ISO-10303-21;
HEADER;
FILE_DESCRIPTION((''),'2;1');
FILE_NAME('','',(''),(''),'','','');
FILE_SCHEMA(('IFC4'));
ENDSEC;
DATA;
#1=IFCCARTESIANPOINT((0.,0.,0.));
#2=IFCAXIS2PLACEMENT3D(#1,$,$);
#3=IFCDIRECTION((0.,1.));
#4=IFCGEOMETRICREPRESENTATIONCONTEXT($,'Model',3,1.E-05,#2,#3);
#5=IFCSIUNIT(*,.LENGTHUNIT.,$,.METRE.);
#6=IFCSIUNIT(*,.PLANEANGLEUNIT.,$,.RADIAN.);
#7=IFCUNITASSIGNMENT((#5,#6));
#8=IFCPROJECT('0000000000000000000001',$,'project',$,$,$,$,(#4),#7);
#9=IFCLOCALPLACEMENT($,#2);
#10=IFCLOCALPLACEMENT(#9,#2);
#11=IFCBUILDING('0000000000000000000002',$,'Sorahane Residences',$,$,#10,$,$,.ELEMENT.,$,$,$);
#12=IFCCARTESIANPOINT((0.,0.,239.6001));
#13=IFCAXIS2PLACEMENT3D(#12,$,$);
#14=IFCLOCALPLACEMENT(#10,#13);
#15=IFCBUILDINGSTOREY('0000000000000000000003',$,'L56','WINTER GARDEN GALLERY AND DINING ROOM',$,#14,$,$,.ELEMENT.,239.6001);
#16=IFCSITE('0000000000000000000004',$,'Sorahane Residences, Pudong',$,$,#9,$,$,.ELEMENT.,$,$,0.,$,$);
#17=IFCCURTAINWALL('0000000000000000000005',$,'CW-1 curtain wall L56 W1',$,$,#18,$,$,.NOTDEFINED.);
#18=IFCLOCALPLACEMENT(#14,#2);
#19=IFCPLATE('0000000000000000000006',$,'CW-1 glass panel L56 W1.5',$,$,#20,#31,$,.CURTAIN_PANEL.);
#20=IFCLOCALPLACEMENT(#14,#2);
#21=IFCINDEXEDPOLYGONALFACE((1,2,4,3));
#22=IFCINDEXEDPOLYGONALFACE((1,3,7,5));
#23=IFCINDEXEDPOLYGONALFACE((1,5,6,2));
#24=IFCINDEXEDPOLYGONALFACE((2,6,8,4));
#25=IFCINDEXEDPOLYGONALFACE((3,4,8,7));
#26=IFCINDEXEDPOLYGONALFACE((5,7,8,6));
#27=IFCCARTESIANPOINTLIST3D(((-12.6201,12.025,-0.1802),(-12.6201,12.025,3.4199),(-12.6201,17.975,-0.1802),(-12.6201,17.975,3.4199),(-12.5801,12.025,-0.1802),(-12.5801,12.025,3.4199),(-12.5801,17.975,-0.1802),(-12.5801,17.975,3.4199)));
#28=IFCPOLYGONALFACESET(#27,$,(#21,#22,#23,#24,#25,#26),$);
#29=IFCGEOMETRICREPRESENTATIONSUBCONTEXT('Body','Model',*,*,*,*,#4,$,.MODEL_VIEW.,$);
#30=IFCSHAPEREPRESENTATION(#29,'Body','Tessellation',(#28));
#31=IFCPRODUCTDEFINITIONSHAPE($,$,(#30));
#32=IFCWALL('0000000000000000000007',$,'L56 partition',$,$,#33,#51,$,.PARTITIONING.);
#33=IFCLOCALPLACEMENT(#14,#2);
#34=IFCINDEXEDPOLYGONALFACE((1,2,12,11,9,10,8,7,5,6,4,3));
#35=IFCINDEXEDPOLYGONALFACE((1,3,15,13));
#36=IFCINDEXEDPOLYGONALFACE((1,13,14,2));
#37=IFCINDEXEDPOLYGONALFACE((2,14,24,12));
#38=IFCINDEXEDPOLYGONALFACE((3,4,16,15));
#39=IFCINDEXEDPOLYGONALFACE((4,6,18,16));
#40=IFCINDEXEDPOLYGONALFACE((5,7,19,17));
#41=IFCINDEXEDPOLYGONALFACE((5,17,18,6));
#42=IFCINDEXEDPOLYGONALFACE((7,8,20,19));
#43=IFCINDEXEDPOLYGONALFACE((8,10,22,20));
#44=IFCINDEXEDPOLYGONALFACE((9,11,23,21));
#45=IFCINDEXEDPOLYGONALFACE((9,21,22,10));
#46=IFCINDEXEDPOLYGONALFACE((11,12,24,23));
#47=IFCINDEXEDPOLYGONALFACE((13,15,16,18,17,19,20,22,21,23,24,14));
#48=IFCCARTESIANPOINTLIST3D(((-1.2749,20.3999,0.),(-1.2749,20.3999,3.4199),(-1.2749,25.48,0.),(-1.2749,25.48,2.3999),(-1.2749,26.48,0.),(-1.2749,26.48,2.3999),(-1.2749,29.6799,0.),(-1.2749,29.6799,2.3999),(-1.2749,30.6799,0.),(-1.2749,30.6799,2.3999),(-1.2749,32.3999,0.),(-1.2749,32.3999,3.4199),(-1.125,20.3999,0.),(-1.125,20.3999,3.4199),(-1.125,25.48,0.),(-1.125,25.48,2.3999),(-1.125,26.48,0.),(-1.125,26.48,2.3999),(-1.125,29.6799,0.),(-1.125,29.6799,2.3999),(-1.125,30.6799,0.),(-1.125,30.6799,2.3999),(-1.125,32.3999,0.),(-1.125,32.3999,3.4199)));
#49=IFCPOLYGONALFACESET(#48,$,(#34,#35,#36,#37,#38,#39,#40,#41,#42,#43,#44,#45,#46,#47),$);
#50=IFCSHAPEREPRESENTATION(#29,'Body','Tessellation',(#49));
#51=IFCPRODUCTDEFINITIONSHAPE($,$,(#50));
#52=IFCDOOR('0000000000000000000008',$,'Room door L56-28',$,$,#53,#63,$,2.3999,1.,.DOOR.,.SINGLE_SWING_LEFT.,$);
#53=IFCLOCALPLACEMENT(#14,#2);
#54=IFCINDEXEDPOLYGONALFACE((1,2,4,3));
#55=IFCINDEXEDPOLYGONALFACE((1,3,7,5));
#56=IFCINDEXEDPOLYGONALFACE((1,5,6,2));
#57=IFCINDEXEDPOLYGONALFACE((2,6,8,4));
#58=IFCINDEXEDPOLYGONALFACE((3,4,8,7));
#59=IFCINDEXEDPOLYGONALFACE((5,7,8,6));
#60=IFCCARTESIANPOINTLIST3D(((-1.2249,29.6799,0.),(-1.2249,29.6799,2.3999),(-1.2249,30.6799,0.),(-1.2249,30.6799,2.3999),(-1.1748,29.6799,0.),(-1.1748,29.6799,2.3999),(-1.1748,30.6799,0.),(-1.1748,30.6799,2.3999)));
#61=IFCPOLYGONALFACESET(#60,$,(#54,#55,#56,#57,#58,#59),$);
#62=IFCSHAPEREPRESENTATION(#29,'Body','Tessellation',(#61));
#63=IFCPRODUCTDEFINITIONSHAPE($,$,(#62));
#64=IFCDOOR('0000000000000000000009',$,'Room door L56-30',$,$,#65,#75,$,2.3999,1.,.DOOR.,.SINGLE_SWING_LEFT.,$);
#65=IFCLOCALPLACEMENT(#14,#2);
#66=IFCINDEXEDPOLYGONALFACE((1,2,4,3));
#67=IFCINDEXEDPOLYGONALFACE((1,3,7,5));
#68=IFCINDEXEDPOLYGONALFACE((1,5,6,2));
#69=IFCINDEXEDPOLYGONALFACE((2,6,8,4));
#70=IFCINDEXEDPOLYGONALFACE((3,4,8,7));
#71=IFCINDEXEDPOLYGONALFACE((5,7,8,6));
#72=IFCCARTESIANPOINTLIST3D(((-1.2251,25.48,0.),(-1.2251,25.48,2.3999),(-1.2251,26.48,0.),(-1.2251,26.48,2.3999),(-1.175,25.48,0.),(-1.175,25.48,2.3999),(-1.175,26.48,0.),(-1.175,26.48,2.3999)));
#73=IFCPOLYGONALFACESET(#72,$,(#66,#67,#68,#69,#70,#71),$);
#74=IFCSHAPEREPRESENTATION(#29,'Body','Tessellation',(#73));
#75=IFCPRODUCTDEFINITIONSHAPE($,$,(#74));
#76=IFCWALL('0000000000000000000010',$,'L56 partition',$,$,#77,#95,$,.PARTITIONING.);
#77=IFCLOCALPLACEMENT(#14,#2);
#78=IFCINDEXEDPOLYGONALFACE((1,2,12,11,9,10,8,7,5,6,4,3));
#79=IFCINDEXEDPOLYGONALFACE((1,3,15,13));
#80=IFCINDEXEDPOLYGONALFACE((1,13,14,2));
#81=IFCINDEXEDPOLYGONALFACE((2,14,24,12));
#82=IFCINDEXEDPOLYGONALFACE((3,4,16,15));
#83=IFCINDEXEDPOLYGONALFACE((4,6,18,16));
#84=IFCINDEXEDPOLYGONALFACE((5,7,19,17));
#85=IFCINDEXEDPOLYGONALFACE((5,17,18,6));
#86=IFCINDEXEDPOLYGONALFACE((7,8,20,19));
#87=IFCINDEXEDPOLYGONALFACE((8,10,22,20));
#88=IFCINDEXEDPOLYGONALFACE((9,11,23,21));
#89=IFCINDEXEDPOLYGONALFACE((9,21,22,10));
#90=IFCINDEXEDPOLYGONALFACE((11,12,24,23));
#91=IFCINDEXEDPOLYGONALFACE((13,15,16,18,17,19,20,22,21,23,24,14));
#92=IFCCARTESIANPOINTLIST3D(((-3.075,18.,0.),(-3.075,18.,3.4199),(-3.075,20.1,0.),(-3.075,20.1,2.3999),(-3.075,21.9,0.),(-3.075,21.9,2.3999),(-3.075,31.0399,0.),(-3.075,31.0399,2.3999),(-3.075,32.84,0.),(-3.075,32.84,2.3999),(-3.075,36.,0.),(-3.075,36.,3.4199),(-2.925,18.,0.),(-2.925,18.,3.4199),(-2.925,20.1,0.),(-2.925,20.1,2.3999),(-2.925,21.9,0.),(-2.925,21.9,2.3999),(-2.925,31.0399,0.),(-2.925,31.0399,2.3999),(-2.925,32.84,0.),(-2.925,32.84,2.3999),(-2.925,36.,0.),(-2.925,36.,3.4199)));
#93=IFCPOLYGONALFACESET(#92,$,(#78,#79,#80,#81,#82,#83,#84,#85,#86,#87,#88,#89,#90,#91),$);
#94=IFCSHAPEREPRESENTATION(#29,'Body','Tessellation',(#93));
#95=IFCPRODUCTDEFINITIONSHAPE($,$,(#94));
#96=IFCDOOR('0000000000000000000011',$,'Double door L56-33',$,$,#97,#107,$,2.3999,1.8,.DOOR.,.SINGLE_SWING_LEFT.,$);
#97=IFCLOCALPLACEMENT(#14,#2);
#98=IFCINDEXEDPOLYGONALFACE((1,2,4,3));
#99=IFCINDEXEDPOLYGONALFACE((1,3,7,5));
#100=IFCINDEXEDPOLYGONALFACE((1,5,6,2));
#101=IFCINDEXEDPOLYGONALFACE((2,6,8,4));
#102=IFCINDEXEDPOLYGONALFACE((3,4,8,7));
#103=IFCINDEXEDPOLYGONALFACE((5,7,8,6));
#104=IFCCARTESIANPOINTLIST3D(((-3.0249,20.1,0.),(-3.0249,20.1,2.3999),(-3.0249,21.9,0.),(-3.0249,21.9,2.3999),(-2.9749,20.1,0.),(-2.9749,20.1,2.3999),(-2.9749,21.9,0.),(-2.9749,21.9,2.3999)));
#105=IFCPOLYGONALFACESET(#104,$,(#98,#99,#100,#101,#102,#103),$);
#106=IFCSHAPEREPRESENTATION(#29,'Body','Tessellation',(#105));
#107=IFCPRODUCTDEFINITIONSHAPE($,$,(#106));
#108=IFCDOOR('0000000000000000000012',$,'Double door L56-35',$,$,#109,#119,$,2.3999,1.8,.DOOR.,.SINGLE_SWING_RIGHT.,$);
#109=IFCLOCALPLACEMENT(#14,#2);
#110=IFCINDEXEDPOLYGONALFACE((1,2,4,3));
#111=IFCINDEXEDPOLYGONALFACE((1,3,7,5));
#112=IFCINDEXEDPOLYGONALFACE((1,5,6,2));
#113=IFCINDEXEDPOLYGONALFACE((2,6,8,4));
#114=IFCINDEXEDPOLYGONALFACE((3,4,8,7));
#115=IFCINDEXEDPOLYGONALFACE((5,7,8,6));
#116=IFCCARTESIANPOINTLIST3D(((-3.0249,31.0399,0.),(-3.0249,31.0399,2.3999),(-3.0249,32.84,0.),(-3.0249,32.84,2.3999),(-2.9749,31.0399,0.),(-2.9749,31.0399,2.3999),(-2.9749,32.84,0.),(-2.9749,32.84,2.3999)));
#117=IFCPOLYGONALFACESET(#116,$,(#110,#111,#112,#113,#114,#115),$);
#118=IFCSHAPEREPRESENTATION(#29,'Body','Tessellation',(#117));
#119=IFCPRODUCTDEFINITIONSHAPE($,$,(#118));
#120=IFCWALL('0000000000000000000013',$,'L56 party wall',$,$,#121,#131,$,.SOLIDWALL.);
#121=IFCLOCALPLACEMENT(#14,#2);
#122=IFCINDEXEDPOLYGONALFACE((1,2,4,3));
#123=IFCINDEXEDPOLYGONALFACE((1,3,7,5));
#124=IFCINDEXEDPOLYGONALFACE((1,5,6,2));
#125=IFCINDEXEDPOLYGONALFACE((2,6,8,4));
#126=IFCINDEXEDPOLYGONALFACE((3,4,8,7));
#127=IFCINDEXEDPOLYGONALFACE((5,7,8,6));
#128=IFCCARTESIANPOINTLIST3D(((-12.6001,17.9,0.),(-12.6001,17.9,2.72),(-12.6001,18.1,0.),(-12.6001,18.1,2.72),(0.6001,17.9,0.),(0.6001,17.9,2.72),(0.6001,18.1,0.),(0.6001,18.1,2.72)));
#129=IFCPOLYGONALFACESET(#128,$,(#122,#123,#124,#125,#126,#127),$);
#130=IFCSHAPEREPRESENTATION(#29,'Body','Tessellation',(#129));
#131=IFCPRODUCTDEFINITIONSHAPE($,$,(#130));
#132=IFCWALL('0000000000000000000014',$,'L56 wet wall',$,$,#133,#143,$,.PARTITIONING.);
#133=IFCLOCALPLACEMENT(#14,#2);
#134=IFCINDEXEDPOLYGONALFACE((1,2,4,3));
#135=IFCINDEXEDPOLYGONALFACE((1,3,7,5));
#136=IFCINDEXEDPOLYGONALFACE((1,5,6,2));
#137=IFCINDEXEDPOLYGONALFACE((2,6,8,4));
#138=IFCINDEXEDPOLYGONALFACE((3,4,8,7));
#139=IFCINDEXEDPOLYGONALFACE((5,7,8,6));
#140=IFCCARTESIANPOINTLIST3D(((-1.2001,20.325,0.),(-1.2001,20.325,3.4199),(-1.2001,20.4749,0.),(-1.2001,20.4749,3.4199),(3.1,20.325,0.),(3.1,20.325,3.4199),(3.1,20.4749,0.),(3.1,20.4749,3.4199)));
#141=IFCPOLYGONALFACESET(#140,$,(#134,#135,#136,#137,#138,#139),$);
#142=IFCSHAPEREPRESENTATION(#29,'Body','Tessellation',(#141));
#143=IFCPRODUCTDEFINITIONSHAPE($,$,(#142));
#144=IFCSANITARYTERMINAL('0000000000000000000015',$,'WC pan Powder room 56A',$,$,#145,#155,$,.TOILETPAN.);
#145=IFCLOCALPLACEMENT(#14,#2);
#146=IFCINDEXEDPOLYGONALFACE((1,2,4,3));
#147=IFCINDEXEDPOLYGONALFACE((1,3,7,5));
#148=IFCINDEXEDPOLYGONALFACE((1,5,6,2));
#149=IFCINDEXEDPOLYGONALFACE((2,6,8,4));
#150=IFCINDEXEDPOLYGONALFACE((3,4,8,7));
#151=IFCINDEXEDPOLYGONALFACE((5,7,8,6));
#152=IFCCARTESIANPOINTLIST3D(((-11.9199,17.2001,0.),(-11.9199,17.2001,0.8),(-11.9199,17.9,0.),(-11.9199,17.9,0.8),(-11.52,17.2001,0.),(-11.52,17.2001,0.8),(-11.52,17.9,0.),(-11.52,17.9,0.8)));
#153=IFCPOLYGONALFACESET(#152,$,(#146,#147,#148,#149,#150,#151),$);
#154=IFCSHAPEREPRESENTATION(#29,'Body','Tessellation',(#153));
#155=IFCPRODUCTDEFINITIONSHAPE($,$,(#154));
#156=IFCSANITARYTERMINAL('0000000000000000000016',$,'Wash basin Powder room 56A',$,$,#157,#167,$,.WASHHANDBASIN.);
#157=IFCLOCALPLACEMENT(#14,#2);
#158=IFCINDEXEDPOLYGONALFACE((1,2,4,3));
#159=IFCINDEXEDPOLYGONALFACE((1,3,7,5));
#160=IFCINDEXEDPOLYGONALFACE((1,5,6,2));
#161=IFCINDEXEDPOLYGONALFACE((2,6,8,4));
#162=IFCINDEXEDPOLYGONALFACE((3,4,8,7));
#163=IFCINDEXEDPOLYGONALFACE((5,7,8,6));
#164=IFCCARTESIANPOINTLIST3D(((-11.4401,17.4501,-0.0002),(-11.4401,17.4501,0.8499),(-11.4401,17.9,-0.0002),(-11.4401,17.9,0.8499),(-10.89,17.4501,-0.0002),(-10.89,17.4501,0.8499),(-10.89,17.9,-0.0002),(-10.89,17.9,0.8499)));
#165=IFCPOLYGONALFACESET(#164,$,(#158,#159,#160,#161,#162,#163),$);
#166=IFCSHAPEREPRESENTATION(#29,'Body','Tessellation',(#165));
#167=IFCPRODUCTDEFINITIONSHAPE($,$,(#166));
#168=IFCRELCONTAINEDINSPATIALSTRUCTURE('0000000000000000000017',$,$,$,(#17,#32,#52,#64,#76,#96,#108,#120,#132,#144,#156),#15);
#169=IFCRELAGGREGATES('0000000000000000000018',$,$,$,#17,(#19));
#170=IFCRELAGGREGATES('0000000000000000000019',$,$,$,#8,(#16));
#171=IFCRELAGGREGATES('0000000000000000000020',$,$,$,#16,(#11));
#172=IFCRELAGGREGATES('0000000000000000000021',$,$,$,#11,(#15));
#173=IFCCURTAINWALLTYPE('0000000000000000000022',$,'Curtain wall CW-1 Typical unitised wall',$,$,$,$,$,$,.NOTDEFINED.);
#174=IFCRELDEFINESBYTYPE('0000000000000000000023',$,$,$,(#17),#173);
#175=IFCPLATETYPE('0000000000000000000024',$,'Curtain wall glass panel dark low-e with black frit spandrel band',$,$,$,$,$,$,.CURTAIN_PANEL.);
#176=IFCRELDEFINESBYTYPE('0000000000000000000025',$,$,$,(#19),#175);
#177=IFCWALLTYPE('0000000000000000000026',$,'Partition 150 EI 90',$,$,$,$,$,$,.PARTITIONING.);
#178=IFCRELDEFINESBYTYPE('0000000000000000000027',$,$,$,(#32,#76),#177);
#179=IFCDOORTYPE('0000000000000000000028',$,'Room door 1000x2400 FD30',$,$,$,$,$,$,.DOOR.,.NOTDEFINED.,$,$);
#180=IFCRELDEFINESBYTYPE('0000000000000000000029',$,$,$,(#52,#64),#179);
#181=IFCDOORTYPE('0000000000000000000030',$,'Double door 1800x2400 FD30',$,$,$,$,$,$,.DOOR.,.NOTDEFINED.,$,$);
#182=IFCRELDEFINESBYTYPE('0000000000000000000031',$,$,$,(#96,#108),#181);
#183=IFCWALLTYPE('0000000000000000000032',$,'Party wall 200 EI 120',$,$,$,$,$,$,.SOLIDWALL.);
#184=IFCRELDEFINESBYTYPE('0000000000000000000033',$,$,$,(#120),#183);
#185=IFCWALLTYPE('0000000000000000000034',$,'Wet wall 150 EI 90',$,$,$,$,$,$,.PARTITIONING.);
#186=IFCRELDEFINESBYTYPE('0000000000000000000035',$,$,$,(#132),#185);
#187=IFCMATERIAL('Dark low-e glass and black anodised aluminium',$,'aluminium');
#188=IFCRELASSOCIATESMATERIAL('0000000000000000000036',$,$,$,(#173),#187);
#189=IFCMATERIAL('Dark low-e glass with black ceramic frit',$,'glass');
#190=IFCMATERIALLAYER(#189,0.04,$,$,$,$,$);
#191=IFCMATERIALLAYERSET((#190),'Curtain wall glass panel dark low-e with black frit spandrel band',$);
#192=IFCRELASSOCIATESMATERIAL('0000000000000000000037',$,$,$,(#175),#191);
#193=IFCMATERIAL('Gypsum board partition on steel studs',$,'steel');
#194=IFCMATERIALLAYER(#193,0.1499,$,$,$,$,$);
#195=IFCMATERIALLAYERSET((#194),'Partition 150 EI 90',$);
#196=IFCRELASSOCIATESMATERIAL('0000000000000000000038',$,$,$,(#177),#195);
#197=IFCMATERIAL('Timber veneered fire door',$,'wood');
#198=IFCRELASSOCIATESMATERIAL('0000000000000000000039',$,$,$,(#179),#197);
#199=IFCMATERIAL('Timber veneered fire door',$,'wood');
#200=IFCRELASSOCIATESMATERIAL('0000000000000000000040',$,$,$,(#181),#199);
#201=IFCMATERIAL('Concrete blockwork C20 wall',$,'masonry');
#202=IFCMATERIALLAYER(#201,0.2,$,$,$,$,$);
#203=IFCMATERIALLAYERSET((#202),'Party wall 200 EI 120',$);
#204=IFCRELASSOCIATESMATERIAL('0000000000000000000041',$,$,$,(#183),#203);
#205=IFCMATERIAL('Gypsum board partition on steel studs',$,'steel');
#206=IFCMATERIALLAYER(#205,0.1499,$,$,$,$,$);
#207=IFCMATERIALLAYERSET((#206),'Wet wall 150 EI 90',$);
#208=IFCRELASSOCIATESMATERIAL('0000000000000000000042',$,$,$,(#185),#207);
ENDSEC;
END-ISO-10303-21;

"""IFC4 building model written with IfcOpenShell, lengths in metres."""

from ifc_helpers import new_model, si_unit, direction, frame, frame_2d, origin, origin_2d, place, context, subcontext, project, spatial, rectangle, extrude, material, layer, layer_set, type_object, element, fill, aggregate, save


model = new_model("IFC4")

# Units and contexts
model_context = context("Model", 3, precision=1e-05, world=origin(), true_north=direction((0.0, 1.0)))
body_context = subcontext(model_context, "Body", "Model", "MODEL_VIEW")
ifc_project = project(units=[si_unit("LENGTHUNIT", "METRE"), si_unit("PLANEANGLEUNIT", "RADIAN")], contexts=[model_context])

# Site, building, storey
site_placement = place(None, origin())
site = spatial("IfcSite", under=ifc_project, at=site_placement, Name="Sorahane Residences, Pudong", CompositionType="ELEMENT", RefElevation=0.0)
building_placement = place(site_placement, origin())
building = spatial("IfcBuilding", under=site, at=building_placement, Name="Sorahane Residences", CompositionType="ELEMENT")
storey_placement = place(building_placement, frame((0.0, 0.0, 239.6001)))
storey = spatial("IfcBuildingStorey", under=building, at=storey_placement, Name="L56", Description="WINTER GARDEN GALLERY AND DINING ROOM", CompositionType="ELEMENT", Elevation=239.6001)

# Curtain wall
ifc_material_1 = material(Name="Dark low-e glass and black anodised aluminium", Category="aluminium")
curtain_wall_type = type_object("IfcCurtainWallType", Name="Curtain wall CW-1 Typical unitised wall", PredefinedType="NOTDEFINED", material=ifc_material_1)
curtain_wall_placement = place(storey_placement, origin())
curtain_wall = element("IfcCurtainWall", 1, at=curtain_wall_placement, inside=storey, type_object=curtain_wall_type, Name="CW-1 curtain wall L56 W1", PredefinedType="NOTDEFINED")

# Plate
ifc_material_2 = material(Name="Dark low-e glass with black ceramic frit", Category="glass")
ifc_layer_1 = layer(ifc_material_2, 0.04)
ifc_layer_set_1 = layer_set([ifc_layer_1], Name="Curtain wall glass panel dark low-e with black frit spandrel band")
plate_type = type_object("IfcPlateType", Name="Curtain wall glass panel dark low-e with black frit spandrel band", PredefinedType="CURTAIN_PANEL", material=ifc_layer_set_1)
plate_1_placement = place(storey_placement, frame((-12.6001, 15.0, -0.1802), z_axis=(0.0, 0.0, 1.0), x_axis=(0.0, -1.0, 0.0)))
plate_1 = element("IfcPlate", 2, at=plate_1_placement, type_object=plate_type, Name="CW-1 glass panel L56 W1.5", PredefinedType="CURTAIN_PANEL", context=body_context, shape_type="SweptSolid", body=[
    extrude(rectangle(XDim=5.95, YDim=0.04, at=origin_2d()), origin(), (0.0, 0.0, 1.0), 3.6001),
])
aggregate(curtain_wall, [plate_1])

# Walls, openings, doors
ifc_material_3 = material(Name="Gypsum board partition on steel studs", Category="steel")
ifc_layer_2 = layer(ifc_material_3, 0.1499)
ifc_layer_set_2 = layer_set([ifc_layer_2], Name="Partition 150 EI 90")
wall_type_1 = type_object("IfcWallType", Name="Partition 150 EI 90", PredefinedType="PARTITIONING", material=ifc_layer_set_2)
wall_1_placement = place(storey_placement, frame((-1.2, 20.3999, 0.0), z_axis=(0.0, 0.0, 1.0), x_axis=(0.0, 1.0, 0.0)))
wall_1 = element("IfcWall", 3, at=wall_1_placement, inside=storey, type_object=wall_type_1, Name="L56 partition", PredefinedType="PARTITIONING", context=body_context, shape_type="SweptSolid", body=[
    extrude(rectangle(XDim=12.0, YDim=0.1499, at=frame_2d((6.0, 0.0))), origin(), (0.0, 0.0, 1.0), 3.4199),
])
opening_1_placement = place(wall_1_placement, frame((9.28, 0.0, 0.0)))
opening_1 = element("IfcOpeningElement", 4, at=opening_1_placement, cuts=wall_1, PredefinedType="OPENING", context=body_context, shape_type="SweptSolid", body=[
    extrude(rectangle(XDim=1.0, YDim=2.3999, at=frame_2d((0.5, 1.2))), frame((0.0, 0.085, 0.0), z_axis=(0.0, -1.0, 0.0), x_axis=(1.0, 0.0, 0.0)), (0.0, 0.0, 1.0), 0.1699),
])
opening_2_placement = place(wall_1_placement, frame((5.0801, 0.0, 0.0)))
opening_2 = element("IfcOpeningElement", 5, at=opening_2_placement, cuts=wall_1, PredefinedType="OPENING", context=body_context, shape_type="SweptSolid", body=[
    extrude(rectangle(XDim=1.0, YDim=2.3999, at=frame_2d((0.5, 1.2))), frame((0.0, 0.085, 0.0), z_axis=(0.0, -1.0, 0.0), x_axis=(1.0, 0.0, 0.0)), (0.0, 0.0, 1.0), 0.1699),
])
ifc_material_4 = material(Name="Timber veneered fire door", Category="wood")
door_type_1 = type_object("IfcDoorType", Name="Room door 1000x2400 FD30", OperationType="NOTDEFINED", PredefinedType="DOOR", material=ifc_material_4)
door_1_placement = place(opening_1_placement, origin())
door_1 = element("IfcDoor", 6, at=door_1_placement, inside=storey, type_object=door_type_1, Name="Room door L56-28", OperationType="SINGLE_SWING_LEFT", OverallHeight=2.3999, OverallWidth=1.0, PredefinedType="DOOR", context=body_context, shape_type="SweptSolid", body=[
    extrude(rectangle(XDim=1.0, YDim=2.3999, at=frame_2d((0.5, 1.2))), frame((0.0, 0.0249, 0.0), z_axis=(0.0, -1.0, 0.0), x_axis=(1.0, 0.0, 0.0)), (0.0, 0.0, 1.0), 0.05),
])
fill(opening_1, door_1)
door_2_placement = place(opening_2_placement, frame((1.0, 0.0, 0.0), z_axis=(0.0, 0.0, 1.0), x_axis=(-1.0, 0.0, 0.0)))
door_2 = element("IfcDoor", 7, at=door_2_placement, inside=storey, type_object=door_type_1, Name="Room door L56-30", OperationType="SINGLE_SWING_LEFT", OverallHeight=2.3999, OverallWidth=1.0, PredefinedType="DOOR", context=body_context, shape_type="SweptSolid", body=[
    extrude(rectangle(XDim=1.0, YDim=2.3999, at=frame_2d((0.5, 1.2))), frame((0.0, 0.0249, 0.0), z_axis=(0.0, -1.0, 0.0), x_axis=(1.0, 0.0, 0.0)), (0.0, 0.0, 1.0), 0.05),
])
fill(opening_2, door_2)
wall_2_placement = place(storey_placement, frame((-3.0, 18.0, 0.0), z_axis=(0.0, 0.0, 1.0), x_axis=(0.0, 1.0, 0.0)))
wall_2 = element("IfcWall", 8, at=wall_2_placement, inside=storey, type_object=wall_type_1, Name="L56 partition", PredefinedType="PARTITIONING", context=body_context, shape_type="SweptSolid", body=[
    extrude(rectangle(XDim=18.0, YDim=0.1499, at=frame_2d((9.0, 0.0))), origin(), (0.0, 0.0, 1.0), 3.4199),
])
opening_3_placement = place(wall_2_placement, frame((2.1001, 0.0, 0.0)))
opening_3 = element("IfcOpeningElement", 9, at=opening_3_placement, cuts=wall_2, PredefinedType="OPENING", context=body_context, shape_type="SweptSolid", body=[
    extrude(rectangle(XDim=1.8, YDim=2.3999, at=frame_2d((0.8999, 1.2))), frame((0.0, 0.085, 0.0), z_axis=(0.0, -1.0, 0.0), x_axis=(1.0, 0.0, 0.0)), (0.0, 0.0, 1.0), 0.1699),
])
opening_4_placement = place(wall_2_placement, frame((13.04, 0.0, 0.0)))
opening_4 = element("IfcOpeningElement", 10, at=opening_4_placement, cuts=wall_2, PredefinedType="OPENING", context=body_context, shape_type="SweptSolid", body=[
    extrude(rectangle(XDim=1.8, YDim=2.3999, at=frame_2d((0.8999, 1.2))), frame((0.0, 0.085, 0.0), z_axis=(0.0, -1.0, 0.0), x_axis=(1.0, 0.0, 0.0)), (0.0, 0.0, 1.0), 0.1699),
])
ifc_material_5 = material(Name="Timber veneered fire door", Category="wood")
door_type_2 = type_object("IfcDoorType", Name="Double door 1800x2400 FD30", OperationType="NOTDEFINED", PredefinedType="DOOR", material=ifc_material_5)
door_3_placement = place(opening_3_placement, origin())
door_3 = element("IfcDoor", 11, at=door_3_placement, inside=storey, type_object=door_type_2, Name="Double door L56-33", OperationType="SINGLE_SWING_LEFT", OverallHeight=2.3999, OverallWidth=1.8, PredefinedType="DOOR", context=body_context, shape_type="SweptSolid", body=[
    extrude(rectangle(XDim=1.8, YDim=2.3999, at=frame_2d((0.8999, 1.2))), frame((0.0, 0.0249, 0.0), z_axis=(0.0, -1.0, 0.0), x_axis=(1.0, 0.0, 0.0)), (0.0, 0.0, 1.0), 0.05),
])
fill(opening_3, door_3)
door_4_placement = place(opening_4_placement, origin())
door_4 = element("IfcDoor", 12, at=door_4_placement, inside=storey, type_object=door_type_2, Name="Double door L56-35", OperationType="SINGLE_SWING_RIGHT", OverallHeight=2.3999, OverallWidth=1.8, PredefinedType="DOOR", context=body_context, shape_type="SweptSolid", body=[
    extrude(rectangle(XDim=1.8, YDim=2.3999, at=frame_2d((0.8999, 1.2))), frame((0.0, 0.0249, 0.0), z_axis=(0.0, -1.0, 0.0), x_axis=(1.0, 0.0, 0.0)), (0.0, 0.0, 1.0), 0.05),
])
fill(opening_4, door_4)

# Wall
ifc_material_6 = material(Name="Concrete blockwork C20 wall", Category="masonry")
ifc_layer_3 = layer(ifc_material_6, 0.2)
ifc_layer_set_3 = layer_set([ifc_layer_3], Name="Party wall 200 EI 120")
wall_type_2 = type_object("IfcWallType", Name="Party wall 200 EI 120", PredefinedType="SOLIDWALL", material=ifc_layer_set_3)
wall_3_placement = place(storey_placement, frame((-12.6001, 18.0, 0.0), z_axis=(0.0, 0.0, 1.0), x_axis=(1.0, 0.0, 0.0)))
element("IfcWall", 13, at=wall_3_placement, inside=storey, type_object=wall_type_2, Name="L56 party wall", PredefinedType="SOLIDWALL", context=body_context, shape_type="SweptSolid", body=[
    extrude(rectangle(XDim=13.2002, YDim=0.2, at=frame_2d((6.6001, 0.0))), origin(), (0.0, 0.0, 1.0), 2.72),
])

# Shared definitions
ifc_material_7 = material(Name="Gypsum board partition on steel studs", Category="steel")
ifc_layer_4 = layer(ifc_material_7, 0.1499)
ifc_layer_set_4 = layer_set([ifc_layer_4], Name="Wet wall 150 EI 90")
wall_type_3 = type_object("IfcWallType", Name="Wet wall 150 EI 90", PredefinedType="PARTITIONING", material=ifc_layer_set_4)

# Wall
wall_4_placement = place(storey_placement, frame((-1.2, 20.3999, 0.0), z_axis=(0.0, 0.0, 1.0), x_axis=(1.0, 0.0, 0.0)))
element("IfcWall", 14, at=wall_4_placement, inside=storey, type_object=wall_type_3, Name="L56 wet wall", PredefinedType="PARTITIONING", context=body_context, shape_type="SweptSolid", body=[
    extrude(rectangle(XDim=4.3, YDim=0.1499, at=frame_2d((2.1499, 0.0))), origin(), (0.0, 0.0, 1.0), 3.4199),
])

# Sanitary terminals
sanitary_terminal_1_placement = place(storey_placement, frame((-11.72, 17.55, 0.0), z_axis=(0.0, 0.0, 1.0), x_axis=(1.0, 0.0, 0.0)))
element("IfcSanitaryTerminal", 15, at=sanitary_terminal_1_placement, inside=storey, Name="WC pan Powder room 56A", PredefinedType="TOILETPAN", context=body_context, shape_type="SweptSolid", body=[
    extrude(rectangle(XDim=0.3999, YDim=0.7, at=origin_2d()), origin(), (0.0, 0.0, 1.0), 0.8),
])
sanitary_terminal_2_placement = place(storey_placement, frame((-11.165, 17.675, -0.0002), z_axis=(0.0, 0.0, 1.0), x_axis=(1.0, 0.0, 0.0)))
element("IfcSanitaryTerminal", 16, at=sanitary_terminal_2_placement, inside=storey, Name="Wash basin Powder room 56A", PredefinedType="WASHHANDBASIN", context=body_context, shape_type="SweptSolid", body=[
    extrude(rectangle(XDim=0.55, YDim=0.45, at=origin_2d()), origin(), (0.0, 0.0, 1.0), 0.8501),
])

save(model, "model.ifc")
